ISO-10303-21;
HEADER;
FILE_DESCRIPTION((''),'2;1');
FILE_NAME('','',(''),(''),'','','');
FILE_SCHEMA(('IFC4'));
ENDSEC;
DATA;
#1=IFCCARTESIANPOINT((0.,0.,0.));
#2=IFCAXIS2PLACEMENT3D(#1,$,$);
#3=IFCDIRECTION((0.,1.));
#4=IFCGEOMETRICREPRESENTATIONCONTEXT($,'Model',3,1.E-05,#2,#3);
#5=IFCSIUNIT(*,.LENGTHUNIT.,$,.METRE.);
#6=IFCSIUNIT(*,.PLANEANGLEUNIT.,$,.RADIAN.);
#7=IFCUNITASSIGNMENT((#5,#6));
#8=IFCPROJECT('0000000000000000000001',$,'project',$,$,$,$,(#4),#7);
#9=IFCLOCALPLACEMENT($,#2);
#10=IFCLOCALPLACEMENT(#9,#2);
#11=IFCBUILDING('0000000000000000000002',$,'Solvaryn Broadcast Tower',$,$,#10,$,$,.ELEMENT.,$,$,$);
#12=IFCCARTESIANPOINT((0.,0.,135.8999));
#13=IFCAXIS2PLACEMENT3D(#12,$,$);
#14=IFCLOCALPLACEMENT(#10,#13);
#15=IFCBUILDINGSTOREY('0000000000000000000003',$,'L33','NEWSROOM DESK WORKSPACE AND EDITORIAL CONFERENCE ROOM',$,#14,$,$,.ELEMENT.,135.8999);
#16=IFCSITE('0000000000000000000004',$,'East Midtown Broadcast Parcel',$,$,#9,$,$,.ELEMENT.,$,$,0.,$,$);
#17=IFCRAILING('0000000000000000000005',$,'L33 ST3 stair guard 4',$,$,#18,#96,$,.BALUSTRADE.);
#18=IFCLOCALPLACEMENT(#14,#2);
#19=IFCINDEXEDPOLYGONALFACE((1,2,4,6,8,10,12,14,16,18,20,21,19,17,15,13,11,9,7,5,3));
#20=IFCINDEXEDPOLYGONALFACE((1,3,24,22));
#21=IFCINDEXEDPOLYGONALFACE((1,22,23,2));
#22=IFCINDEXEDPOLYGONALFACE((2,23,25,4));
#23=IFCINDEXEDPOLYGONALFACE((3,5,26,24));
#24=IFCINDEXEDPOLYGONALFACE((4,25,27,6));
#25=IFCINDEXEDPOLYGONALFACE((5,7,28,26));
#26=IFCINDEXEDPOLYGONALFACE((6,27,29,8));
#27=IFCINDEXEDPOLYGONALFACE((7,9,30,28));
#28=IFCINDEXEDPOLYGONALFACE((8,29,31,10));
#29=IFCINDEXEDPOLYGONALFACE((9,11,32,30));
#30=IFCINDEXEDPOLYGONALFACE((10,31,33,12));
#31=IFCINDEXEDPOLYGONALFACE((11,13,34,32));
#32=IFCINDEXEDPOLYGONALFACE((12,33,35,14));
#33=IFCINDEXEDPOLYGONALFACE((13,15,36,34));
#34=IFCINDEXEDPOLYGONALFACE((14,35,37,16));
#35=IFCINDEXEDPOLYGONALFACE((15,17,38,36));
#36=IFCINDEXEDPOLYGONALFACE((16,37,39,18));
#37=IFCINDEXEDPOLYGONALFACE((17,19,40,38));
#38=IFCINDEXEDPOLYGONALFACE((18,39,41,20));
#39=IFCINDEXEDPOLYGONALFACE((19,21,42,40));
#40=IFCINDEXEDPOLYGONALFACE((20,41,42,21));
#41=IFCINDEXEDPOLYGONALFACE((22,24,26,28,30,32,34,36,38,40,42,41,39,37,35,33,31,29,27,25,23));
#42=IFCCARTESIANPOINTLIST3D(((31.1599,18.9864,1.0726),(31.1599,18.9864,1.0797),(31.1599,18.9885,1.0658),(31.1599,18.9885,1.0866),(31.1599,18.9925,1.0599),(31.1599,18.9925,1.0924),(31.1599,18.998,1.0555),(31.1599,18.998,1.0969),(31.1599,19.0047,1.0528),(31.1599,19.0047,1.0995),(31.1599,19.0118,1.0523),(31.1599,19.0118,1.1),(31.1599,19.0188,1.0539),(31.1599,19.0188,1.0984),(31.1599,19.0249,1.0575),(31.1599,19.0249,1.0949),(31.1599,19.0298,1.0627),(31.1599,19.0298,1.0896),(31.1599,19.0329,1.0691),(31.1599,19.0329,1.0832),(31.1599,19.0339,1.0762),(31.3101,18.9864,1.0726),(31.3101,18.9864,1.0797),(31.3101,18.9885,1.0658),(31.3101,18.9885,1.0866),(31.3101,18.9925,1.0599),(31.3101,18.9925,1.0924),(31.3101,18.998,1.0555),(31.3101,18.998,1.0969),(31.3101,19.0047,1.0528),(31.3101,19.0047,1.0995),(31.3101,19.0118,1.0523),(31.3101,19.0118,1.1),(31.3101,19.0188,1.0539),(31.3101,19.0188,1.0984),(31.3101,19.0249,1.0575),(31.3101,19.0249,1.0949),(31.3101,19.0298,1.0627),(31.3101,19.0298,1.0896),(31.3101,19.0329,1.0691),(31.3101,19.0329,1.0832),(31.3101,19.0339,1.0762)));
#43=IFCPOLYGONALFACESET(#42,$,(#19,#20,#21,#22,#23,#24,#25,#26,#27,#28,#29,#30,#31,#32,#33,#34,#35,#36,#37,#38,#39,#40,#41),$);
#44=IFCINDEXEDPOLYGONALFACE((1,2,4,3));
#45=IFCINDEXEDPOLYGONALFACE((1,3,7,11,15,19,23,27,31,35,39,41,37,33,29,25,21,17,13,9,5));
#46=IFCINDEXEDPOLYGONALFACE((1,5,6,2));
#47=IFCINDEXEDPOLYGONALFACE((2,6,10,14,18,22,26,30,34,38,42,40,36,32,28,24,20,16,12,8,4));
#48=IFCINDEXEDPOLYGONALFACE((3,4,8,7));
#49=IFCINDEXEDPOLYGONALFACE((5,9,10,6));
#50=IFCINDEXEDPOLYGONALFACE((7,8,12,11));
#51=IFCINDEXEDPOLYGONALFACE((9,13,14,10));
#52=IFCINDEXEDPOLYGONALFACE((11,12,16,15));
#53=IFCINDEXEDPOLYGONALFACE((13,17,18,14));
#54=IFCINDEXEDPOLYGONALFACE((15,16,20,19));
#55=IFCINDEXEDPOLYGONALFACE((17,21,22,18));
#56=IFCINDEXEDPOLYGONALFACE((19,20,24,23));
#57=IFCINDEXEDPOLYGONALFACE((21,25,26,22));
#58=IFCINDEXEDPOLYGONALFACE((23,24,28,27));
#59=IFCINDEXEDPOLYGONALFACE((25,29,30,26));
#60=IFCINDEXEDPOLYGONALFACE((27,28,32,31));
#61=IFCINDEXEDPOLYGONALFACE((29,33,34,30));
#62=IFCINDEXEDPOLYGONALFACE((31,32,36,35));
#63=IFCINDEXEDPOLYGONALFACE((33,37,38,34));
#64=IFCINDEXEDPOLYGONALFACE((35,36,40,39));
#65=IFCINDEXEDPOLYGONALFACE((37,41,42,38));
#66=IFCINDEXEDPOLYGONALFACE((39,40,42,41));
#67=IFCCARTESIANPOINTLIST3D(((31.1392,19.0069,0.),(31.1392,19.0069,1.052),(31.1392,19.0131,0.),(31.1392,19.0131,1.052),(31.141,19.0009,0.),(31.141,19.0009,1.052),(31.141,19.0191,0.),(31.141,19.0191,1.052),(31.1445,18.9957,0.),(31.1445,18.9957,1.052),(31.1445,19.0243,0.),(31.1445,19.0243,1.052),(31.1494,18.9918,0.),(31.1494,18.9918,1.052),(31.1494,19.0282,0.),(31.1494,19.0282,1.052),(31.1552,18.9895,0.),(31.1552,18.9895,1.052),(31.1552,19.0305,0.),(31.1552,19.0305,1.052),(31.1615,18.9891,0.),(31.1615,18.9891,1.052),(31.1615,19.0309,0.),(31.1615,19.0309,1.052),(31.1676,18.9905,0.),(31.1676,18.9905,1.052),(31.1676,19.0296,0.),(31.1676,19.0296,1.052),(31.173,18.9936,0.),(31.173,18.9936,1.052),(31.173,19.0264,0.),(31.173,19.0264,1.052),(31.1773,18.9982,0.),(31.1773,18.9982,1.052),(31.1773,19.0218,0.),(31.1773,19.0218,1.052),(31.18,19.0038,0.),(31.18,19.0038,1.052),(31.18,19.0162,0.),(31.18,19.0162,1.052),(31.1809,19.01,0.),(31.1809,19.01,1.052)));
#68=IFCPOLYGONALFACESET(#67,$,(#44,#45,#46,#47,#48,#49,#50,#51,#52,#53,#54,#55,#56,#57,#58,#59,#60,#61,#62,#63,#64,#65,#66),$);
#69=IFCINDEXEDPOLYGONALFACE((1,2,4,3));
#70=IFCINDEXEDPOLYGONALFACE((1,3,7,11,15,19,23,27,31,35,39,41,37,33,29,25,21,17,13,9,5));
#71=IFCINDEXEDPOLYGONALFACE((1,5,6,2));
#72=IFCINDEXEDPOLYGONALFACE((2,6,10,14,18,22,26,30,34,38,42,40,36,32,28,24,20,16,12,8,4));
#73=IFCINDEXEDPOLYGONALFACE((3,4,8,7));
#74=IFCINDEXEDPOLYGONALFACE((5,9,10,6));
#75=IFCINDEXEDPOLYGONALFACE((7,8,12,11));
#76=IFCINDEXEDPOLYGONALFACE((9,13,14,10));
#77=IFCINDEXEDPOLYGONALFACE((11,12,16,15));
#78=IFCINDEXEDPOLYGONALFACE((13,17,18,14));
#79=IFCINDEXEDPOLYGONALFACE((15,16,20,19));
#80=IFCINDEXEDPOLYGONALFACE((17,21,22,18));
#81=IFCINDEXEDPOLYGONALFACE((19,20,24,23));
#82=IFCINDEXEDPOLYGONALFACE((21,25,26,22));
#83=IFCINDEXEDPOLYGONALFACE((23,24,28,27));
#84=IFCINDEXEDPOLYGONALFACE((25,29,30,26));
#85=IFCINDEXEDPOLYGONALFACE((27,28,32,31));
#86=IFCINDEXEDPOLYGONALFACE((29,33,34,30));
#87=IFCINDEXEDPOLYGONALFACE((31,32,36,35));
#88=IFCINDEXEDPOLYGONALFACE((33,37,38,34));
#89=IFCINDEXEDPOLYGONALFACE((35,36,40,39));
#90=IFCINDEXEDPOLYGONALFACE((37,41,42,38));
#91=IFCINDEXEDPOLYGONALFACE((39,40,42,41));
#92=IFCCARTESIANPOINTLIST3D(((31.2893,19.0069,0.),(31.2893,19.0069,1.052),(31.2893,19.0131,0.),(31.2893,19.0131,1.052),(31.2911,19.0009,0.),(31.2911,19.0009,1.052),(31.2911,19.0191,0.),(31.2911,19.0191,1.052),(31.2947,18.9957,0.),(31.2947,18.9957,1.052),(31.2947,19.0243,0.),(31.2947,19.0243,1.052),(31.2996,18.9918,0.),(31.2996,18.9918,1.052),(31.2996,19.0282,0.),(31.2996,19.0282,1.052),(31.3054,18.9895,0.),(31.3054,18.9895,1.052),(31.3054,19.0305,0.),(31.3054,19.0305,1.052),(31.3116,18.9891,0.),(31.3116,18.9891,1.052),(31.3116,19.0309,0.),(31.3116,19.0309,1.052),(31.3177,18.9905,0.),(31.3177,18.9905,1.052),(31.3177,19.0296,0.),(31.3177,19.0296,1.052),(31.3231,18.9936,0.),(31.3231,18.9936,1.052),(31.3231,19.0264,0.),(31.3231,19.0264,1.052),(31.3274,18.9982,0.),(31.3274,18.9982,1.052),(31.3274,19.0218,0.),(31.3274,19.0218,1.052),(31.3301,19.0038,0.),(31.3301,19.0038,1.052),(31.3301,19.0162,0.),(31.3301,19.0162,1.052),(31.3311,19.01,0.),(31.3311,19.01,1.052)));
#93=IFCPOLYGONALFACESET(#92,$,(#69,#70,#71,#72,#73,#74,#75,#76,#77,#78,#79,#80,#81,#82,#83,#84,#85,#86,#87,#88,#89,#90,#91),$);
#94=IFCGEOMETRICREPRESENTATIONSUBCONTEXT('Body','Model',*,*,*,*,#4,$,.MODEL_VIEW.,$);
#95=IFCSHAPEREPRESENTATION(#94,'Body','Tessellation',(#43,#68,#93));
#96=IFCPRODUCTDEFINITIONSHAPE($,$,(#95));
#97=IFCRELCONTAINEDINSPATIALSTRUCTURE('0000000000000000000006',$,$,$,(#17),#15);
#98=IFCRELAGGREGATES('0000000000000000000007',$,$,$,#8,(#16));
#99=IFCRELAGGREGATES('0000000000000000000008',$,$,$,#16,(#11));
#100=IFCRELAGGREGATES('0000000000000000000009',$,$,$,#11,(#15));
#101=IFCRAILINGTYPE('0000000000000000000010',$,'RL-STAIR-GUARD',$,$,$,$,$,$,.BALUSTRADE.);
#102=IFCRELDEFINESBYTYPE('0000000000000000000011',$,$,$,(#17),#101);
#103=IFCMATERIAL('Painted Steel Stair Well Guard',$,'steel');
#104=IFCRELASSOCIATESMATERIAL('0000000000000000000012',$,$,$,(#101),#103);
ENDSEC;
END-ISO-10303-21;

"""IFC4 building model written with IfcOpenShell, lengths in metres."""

from ifc_helpers import new_model, si_unit, direction, frame, origin, origin_2d, place, context, subcontext, project, spatial, circle, extrude, material, type_object, element, save


model = new_model("IFC4")

# Units and contexts
model_context = context("Model", 3, precision=1e-05, world=origin(), true_north=direction((0.0, 1.0)))
body_context = subcontext(model_context, "Body", "Model", "MODEL_VIEW")
ifc_project = project(units=[si_unit("LENGTHUNIT", "METRE"), si_unit("PLANEANGLEUNIT", "RADIAN")], contexts=[model_context])

# Site, building, storey
site_placement = place(None, origin())
site = spatial("IfcSite", under=ifc_project, at=site_placement, Name="East Midtown Broadcast Parcel", CompositionType="ELEMENT", RefElevation=0.0)
building_placement = place(site_placement, origin())
building = spatial("IfcBuilding", under=site, at=building_placement, Name="Solvaryn Broadcast Tower", CompositionType="ELEMENT")
storey_placement = place(building_placement, frame((0.0, 0.0, 135.8999)))
storey = spatial("IfcBuildingStorey", under=building, at=storey_placement, Name="L33", Description="NEWSROOM DESK WORKSPACE AND EDITORIAL CONFERENCE ROOM", CompositionType="ELEMENT", Elevation=135.8999)

# Railing
ifc_material_1 = material(Name="Painted Steel Stair Well Guard", Category="steel")
railing_type_1 = type_object("IfcRailingType", Name="RL-STAIR-GUARD", PredefinedType="BALUSTRADE", material=ifc_material_1)
railing_1_placement = place(storey_placement, frame((31.1599, 19.01, 0.0)))
element("IfcRailing", 1, at=railing_1_placement, inside=storey, type_object=railing_type_1, Name="L33 ST3 stair guard 4", PredefinedType="BALUSTRADE", context=body_context, shape_type="SweptSolid", body=[
    extrude(circle(Radius=0.0239, at=origin_2d()), frame((0.0, 0.0, 1.0762), z_axis=(1.0, 0.0, 0.0), x_axis=(0.0, 1.0, 0.0)), (0.0, 0.0, 1.0), 0.1501),
    extrude(circle(Radius=0.021, at=origin_2d()), origin(), (0.0, 0.0, 1.0), 1.052),
    extrude(circle(Radius=0.021, at=origin_2d()), frame((0.1501, 0.0, 0.0)), (0.0, 0.0, 1.0), 1.052),
])

save(model, "model.ifc")
